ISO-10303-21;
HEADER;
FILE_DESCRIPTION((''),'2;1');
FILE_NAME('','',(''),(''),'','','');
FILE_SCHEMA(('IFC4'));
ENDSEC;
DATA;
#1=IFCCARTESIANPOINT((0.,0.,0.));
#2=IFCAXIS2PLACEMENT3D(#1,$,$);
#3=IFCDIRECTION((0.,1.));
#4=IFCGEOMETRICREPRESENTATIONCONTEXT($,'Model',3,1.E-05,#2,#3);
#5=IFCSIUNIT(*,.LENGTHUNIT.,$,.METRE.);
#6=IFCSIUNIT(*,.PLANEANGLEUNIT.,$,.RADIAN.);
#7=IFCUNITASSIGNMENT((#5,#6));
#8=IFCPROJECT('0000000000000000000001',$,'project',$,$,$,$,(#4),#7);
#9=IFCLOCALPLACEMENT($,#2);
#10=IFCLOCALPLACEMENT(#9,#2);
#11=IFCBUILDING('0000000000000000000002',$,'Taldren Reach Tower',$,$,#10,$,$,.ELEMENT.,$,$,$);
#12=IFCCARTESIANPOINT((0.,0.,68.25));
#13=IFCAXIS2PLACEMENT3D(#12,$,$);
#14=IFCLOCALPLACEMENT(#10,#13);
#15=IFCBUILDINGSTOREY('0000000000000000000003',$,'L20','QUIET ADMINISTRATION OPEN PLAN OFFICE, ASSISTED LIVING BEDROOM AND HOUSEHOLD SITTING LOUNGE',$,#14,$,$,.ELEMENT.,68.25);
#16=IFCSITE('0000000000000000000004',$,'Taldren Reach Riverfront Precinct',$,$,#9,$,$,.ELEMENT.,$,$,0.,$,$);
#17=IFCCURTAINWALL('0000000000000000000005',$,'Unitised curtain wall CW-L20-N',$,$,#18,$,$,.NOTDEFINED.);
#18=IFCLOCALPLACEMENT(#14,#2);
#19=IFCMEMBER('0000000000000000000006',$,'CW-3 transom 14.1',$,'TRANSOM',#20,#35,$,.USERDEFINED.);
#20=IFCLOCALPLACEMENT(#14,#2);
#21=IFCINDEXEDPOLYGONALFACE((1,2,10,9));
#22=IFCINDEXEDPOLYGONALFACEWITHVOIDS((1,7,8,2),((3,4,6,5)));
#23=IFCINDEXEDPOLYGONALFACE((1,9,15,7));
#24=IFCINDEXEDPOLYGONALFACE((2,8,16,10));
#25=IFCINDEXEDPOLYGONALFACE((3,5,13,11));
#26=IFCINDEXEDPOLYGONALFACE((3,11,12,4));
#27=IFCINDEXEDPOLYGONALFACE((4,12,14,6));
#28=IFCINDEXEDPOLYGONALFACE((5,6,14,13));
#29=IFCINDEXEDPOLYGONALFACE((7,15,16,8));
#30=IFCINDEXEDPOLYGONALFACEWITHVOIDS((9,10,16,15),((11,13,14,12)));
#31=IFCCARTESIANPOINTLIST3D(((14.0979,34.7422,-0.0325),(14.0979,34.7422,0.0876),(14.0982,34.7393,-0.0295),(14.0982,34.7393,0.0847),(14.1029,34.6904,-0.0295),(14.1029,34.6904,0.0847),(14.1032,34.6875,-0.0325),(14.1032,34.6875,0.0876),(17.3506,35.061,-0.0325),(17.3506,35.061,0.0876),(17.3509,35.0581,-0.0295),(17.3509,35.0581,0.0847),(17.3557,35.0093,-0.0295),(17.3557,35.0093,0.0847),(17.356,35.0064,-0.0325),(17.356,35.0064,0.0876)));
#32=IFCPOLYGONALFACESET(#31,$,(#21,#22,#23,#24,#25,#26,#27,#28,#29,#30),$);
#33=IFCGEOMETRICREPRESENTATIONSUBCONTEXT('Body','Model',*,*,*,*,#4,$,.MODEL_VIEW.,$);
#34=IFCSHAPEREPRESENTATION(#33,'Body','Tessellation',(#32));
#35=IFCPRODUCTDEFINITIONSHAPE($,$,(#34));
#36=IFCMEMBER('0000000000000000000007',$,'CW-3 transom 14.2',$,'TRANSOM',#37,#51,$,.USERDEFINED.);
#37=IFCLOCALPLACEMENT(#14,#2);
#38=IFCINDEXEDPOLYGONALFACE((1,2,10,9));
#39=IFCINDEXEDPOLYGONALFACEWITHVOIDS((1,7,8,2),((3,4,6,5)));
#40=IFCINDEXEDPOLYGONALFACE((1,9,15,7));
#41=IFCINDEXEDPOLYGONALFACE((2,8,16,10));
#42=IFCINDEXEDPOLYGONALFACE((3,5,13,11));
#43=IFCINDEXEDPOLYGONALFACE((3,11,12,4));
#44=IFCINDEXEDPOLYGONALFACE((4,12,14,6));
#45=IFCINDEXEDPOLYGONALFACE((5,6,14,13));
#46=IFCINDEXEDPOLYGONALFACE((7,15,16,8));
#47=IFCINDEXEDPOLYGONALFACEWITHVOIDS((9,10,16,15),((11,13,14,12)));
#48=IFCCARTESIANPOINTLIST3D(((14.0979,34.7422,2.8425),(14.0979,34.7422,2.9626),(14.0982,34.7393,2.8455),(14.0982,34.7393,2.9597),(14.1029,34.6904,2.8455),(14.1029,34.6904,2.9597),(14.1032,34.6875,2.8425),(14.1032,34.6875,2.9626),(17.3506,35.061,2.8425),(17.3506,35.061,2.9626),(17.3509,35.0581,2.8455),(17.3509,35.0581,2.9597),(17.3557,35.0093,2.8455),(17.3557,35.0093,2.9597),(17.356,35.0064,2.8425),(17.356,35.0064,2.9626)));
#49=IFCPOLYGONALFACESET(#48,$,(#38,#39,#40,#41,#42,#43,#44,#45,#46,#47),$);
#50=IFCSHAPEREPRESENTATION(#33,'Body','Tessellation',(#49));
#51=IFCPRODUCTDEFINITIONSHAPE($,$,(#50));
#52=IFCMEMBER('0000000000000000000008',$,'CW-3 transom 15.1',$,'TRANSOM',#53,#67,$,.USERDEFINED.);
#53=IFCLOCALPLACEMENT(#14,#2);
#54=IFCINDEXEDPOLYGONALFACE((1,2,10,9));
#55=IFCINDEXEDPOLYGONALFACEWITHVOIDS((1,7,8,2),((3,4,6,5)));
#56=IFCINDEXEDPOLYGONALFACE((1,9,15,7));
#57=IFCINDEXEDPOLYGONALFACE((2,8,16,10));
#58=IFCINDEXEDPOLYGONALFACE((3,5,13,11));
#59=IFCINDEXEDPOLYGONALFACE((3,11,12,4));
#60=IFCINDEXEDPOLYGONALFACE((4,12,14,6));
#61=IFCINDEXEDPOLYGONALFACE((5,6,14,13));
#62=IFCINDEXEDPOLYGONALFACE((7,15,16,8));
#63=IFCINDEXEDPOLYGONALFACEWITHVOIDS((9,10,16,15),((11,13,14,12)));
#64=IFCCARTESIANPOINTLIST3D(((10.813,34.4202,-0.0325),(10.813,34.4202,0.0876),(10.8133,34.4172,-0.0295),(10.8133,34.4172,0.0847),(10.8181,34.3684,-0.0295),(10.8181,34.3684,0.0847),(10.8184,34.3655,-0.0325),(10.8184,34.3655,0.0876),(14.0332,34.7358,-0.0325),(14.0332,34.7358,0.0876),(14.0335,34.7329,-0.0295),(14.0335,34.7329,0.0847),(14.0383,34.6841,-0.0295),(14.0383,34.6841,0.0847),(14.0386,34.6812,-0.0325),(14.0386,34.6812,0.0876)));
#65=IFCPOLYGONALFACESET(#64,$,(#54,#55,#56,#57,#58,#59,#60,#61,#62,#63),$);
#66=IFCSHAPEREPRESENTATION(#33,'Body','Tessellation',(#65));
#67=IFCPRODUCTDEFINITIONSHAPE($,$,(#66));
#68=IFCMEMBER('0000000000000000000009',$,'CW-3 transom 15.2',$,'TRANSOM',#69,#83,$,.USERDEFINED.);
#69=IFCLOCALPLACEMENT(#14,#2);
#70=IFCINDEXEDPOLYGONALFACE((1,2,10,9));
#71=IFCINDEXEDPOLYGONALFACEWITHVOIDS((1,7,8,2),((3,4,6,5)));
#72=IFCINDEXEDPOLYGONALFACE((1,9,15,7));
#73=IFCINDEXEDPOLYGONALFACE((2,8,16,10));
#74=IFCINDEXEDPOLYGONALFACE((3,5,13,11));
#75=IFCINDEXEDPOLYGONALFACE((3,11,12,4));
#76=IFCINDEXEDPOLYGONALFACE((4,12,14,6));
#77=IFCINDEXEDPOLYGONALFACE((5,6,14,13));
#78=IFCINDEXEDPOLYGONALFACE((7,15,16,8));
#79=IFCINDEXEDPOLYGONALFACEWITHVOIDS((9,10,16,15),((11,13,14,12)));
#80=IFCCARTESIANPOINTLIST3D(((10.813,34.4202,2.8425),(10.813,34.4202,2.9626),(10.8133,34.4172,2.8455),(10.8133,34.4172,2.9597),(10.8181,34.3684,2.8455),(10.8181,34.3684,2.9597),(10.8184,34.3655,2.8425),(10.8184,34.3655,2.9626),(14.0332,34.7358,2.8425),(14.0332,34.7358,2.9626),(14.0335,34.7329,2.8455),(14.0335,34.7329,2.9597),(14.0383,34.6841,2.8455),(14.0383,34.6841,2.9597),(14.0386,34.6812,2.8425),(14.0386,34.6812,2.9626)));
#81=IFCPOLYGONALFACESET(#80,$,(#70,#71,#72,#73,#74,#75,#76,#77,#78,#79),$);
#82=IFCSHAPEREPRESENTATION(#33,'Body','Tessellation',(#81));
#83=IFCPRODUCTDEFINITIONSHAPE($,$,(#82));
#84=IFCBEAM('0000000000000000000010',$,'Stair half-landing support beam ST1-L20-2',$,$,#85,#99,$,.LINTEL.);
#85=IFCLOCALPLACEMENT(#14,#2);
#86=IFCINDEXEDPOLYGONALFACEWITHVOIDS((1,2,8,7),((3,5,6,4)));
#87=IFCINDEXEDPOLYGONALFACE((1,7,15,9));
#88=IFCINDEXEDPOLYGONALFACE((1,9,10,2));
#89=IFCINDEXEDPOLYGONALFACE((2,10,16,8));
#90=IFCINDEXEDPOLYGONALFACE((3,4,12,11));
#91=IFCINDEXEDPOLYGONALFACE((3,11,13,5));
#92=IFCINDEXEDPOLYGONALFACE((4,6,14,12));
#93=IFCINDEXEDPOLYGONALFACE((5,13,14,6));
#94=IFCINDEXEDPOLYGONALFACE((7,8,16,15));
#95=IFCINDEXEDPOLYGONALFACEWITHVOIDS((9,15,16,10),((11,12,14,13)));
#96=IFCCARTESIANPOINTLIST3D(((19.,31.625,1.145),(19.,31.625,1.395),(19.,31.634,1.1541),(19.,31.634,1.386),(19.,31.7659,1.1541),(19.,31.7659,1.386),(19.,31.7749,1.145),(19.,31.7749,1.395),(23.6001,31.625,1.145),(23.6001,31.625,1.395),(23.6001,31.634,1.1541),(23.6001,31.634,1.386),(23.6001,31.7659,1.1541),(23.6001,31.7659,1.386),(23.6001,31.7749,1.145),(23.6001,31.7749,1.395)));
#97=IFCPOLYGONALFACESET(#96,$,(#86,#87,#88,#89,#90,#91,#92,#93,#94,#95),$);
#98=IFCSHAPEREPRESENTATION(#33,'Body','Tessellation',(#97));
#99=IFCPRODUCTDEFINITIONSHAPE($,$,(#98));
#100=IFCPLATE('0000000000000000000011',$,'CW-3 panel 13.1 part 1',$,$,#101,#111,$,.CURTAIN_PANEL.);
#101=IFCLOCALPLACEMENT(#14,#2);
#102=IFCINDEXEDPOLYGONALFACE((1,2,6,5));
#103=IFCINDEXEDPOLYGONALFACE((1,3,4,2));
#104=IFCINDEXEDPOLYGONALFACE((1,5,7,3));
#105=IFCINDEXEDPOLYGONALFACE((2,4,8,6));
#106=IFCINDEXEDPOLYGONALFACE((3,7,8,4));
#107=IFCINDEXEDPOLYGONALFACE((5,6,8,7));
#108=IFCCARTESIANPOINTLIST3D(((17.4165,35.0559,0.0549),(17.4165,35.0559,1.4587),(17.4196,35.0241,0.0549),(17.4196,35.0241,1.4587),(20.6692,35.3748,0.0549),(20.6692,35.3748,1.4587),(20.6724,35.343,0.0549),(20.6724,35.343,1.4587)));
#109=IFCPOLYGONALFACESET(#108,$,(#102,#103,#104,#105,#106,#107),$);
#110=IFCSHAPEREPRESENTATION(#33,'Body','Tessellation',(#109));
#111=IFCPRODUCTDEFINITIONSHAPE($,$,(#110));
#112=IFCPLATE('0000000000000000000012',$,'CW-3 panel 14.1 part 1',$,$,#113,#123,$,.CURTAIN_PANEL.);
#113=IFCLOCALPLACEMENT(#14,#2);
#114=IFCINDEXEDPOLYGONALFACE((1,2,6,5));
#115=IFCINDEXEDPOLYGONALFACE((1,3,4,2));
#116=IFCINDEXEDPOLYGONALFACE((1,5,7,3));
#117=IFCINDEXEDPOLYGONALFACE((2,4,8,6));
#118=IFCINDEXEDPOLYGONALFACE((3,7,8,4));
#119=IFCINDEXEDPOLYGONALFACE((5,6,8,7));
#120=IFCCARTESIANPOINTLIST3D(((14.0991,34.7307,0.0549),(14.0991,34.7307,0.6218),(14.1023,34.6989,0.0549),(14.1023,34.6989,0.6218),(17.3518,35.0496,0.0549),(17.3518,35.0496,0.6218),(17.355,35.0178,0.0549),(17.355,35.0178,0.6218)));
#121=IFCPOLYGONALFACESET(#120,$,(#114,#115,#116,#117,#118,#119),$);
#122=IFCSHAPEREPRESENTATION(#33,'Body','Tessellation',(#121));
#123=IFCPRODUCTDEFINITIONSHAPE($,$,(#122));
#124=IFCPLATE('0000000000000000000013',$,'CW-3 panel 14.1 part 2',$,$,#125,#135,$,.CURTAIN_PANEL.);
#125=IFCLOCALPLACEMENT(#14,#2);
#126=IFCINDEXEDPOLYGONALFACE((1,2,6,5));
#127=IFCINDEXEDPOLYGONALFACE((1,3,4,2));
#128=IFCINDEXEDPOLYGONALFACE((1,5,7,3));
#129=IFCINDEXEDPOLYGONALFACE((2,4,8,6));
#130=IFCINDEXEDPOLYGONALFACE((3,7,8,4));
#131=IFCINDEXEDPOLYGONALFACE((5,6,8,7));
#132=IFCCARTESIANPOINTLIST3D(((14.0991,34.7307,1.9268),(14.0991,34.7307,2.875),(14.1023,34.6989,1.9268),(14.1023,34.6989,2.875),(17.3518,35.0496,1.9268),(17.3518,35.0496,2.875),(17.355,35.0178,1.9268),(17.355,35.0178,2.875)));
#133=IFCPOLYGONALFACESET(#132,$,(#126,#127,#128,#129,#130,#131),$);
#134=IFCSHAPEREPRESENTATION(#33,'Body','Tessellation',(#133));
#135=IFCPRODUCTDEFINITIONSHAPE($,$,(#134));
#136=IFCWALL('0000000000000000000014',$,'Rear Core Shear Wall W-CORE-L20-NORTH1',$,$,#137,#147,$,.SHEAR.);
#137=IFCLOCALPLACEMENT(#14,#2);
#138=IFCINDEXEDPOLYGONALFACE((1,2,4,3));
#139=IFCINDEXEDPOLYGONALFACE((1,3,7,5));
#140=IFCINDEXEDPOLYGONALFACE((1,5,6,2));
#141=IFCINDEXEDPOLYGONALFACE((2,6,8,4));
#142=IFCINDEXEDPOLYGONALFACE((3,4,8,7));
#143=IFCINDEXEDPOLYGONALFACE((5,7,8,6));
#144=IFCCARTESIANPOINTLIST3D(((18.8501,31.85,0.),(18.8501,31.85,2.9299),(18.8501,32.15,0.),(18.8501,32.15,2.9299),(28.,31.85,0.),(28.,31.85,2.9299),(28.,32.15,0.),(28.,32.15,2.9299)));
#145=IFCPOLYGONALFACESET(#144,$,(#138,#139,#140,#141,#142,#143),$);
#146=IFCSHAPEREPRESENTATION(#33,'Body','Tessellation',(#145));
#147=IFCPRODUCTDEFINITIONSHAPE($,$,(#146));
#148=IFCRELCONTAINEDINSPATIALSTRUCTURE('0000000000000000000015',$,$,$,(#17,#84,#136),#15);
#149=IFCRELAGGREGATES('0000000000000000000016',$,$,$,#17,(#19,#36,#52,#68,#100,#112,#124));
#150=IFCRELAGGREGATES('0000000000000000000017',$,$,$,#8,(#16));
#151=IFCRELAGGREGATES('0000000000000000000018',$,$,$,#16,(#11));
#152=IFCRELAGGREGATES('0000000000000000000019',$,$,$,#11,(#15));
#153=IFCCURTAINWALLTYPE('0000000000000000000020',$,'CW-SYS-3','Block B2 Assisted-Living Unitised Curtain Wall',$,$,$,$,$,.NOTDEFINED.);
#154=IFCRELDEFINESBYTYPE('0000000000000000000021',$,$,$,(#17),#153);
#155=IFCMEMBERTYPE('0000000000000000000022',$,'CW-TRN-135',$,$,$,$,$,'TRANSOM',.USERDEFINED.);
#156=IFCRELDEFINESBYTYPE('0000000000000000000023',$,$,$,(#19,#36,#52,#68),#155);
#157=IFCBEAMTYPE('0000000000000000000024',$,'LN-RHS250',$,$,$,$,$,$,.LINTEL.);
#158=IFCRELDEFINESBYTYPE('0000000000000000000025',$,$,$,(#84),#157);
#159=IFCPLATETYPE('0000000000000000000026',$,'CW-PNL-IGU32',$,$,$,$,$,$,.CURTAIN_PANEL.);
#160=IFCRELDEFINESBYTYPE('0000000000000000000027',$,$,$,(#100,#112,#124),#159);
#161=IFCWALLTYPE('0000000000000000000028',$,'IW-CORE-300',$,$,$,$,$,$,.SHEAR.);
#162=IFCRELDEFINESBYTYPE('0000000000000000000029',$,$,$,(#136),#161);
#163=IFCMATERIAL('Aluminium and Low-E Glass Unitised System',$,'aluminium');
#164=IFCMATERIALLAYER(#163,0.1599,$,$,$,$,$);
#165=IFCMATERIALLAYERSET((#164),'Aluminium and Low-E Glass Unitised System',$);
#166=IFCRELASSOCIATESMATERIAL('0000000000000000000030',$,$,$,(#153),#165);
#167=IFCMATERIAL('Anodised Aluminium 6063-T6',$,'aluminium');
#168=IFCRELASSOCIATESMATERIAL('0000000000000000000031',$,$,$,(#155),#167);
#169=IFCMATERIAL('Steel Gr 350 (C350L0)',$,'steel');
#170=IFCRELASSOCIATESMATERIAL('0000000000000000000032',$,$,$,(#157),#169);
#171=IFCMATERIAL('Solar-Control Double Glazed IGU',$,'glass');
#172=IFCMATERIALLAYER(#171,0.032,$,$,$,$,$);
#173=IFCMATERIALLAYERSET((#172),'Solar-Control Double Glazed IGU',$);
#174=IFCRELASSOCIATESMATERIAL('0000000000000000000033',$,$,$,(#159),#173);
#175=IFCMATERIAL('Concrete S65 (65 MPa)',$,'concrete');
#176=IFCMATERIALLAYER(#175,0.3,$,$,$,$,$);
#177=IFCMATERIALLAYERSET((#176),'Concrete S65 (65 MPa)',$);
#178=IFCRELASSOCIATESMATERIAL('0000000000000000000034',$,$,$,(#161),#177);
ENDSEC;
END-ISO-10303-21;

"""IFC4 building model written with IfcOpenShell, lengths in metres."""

from ifc_helpers import new_model, si_unit, direction, frame, frame_2d, origin, origin_2d, place, context, subcontext, project, spatial, rectangle, hollow_rectangle, extrude, source, transform, mapped, material, layer, layer_set, material_profile, profile_set, type_object, element, aggregate, save


model = new_model("IFC4")

# Units and contexts
model_context = context("Model", 3, precision=1e-05, world=origin(), true_north=direction((0.0, 1.0)))
body_context = subcontext(model_context, "Body", "Model", "MODEL_VIEW")
ifc_project = project(units=[si_unit("LENGTHUNIT", "METRE"), si_unit("PLANEANGLEUNIT", "RADIAN")], contexts=[model_context])

# Site, building, storey
site_placement = place(None, origin())
site = spatial("IfcSite", under=ifc_project, at=site_placement, Name="Taldren Reach Riverfront Precinct", CompositionType="ELEMENT", RefElevation=0.0)
building_placement = place(site_placement, origin())
building = spatial("IfcBuilding", under=site, at=building_placement, Name="Taldren Reach Tower", CompositionType="ELEMENT")
storey_placement = place(building_placement, frame((0.0, 0.0, 68.25)))
storey = spatial("IfcBuildingStorey", under=building, at=storey_placement, Name="L20", Description="QUIET ADMINISTRATION OPEN PLAN OFFICE, ASSISTED LIVING BEDROOM AND HOUSEHOLD SITTING LOUNGE", CompositionType="ELEMENT", Elevation=68.25)

# Shared definitions
ifc_material_1 = material(Name="Concrete S65 (65 MPa)", Category="concrete")

# Curtain wall, members
ifc_material_2 = material(Name="Aluminium and Low-E Glass Unitised System", Category="aluminium")
ifc_layer_1 = layer(ifc_material_2, 0.1599)
ifc_layer_set_1 = layer_set([ifc_layer_1], Name="Aluminium and Low-E Glass Unitised System")
curtain_wall_type = type_object("IfcCurtainWallType", Name="CW-SYS-3", Description="Block B2 Assisted-Living Unitised Curtain Wall", PredefinedType="NOTDEFINED", material=ifc_layer_set_1)
curtain_wall_placement = place(storey_placement, origin())
curtain_wall = element("IfcCurtainWall", 1, at=curtain_wall_placement, inside=storey, type_object=curtain_wall_type, Name="Unitised curtain wall CW-L20-N", PredefinedType="NOTDEFINED")
ifc_material_3 = material(Name="Anodised Aluminium 6063-T6", Category="aluminium")
ifc_material_profile_1 = material_profile(ifc_material_3, hollow_rectangle(XDim=0.0549, YDim=0.1201, WallThickness=0.0029, at=origin_2d()), Name="ALU-120x55x3RHS")
ifc_profile_set_1 = profile_set([ifc_material_profile_1], Name="Anodised Aluminium 6063-T6")
member_type_1 = type_object("IfcMemberType", Name="CW-TRN-135", ElementType="TRANSOM", PredefinedType="USERDEFINED", material=ifc_profile_set_1)
shared_shape_1 = source(origin(), body_context, "Body", "SweptSolid", [
    extrude(hollow_rectangle(XDim=0.0549, YDim=0.1201, WallThickness=0.0029, at=origin_2d()), origin(), (0.0, 0.0, 1.0), 3.2683),
])
member_1_placement = place(storey_placement, frame((17.3533, 35.0337, 0.0276), z_axis=(-0.99523, -0.097558, 0.0), x_axis=(0.097558, -0.99523, 0.0)))
member_1 = element("IfcMember", 2, at=member_1_placement, type_object=member_type_1, Name="CW-3 transom 14.1", ObjectType="TRANSOM", PredefinedType="USERDEFINED", context=body_context, shape_type="MappedRepresentation", body=[
    mapped(shared_shape_1, transform((0.0, 0.0, 0.0), scale=1.0)),
])
member_2_placement = place(storey_placement, frame((17.3533, 35.0337, 2.9026), z_axis=(-0.99523, -0.097558, 0.0), x_axis=(0.097558, -0.99523, 0.0)))
member_2 = element("IfcMember", 3, at=member_2_placement, type_object=member_type_1, Name="CW-3 transom 14.2", ObjectType="TRANSOM", PredefinedType="USERDEFINED", context=body_context, shape_type="MappedRepresentation", body=[
    mapped(shared_shape_1, transform((0.0, 0.0, 0.0), scale=1.0)),
])
shared_shape_2 = source(origin(), body_context, "Body", "SweptSolid", [
    extrude(hollow_rectangle(XDim=0.0549, YDim=0.1201, WallThickness=0.0029, at=origin_2d()), origin(), (0.0, 0.0, 1.0), 3.2356),
])
member_3_placement = place(storey_placement, frame((14.0359, 34.7085, 0.0276), z_axis=(-0.99523, -0.097561, 0.0), x_axis=(0.097561, -0.99523, 0.0)))
member_3 = element("IfcMember", 4, at=member_3_placement, type_object=member_type_1, Name="CW-3 transom 15.1", ObjectType="TRANSOM", PredefinedType="USERDEFINED", context=body_context, shape_type="MappedRepresentation", body=[
    mapped(shared_shape_2, transform((0.0, 0.0, 0.0), scale=1.0)),
])
member_4_placement = place(storey_placement, frame((14.0359, 34.7085, 2.9026), z_axis=(-0.99523, -0.097561, 0.0), x_axis=(0.097561, -0.99523, 0.0)))
member_4 = element("IfcMember", 5, at=member_4_placement, type_object=member_type_1, Name="CW-3 transom 15.2", ObjectType="TRANSOM", PredefinedType="USERDEFINED", context=body_context, shape_type="MappedRepresentation", body=[
    mapped(shared_shape_2, transform((0.0, 0.0, 0.0), scale=1.0)),
])

# Beam
ifc_material_4 = material(Name="Steel Gr 350 (C350L0)", Category="steel")
ifc_material_profile_2 = material_profile(ifc_material_4, hollow_rectangle(XDim=0.1499, YDim=0.25, WallThickness=0.009, at=origin_2d()), Name="250x150x9.0RHS")
ifc_profile_set_2 = profile_set([ifc_material_profile_2], Name="Steel Gr 350 (C350L0)")
beam_type_1 = type_object("IfcBeamType", Name="LN-RHS250", PredefinedType="LINTEL", material=ifc_profile_set_2)
shared_shape_3 = source(origin(), body_context, "Body", "SweptSolid", [
    extrude(hollow_rectangle(XDim=0.1499, YDim=0.25, WallThickness=0.009, at=origin_2d()), origin(), (0.0, 0.0, 1.0), 4.6001),
])
beam_1_placement = place(storey_placement, frame((19.0, 31.7, 1.27), z_axis=(1.0, 0.0, 0.0), x_axis=(0.0, 1.0, 0.0)))
element("IfcBeam", 6, at=beam_1_placement, inside=storey, type_object=beam_type_1, Name="Stair half-landing support beam ST1-L20-2", PredefinedType="LINTEL", context=body_context, shape_type="MappedRepresentation", body=[
    mapped(shared_shape_3, transform((0.0, 0.0, 0.0), scale=1.0)),
])

# Plates
ifc_material_5 = material(Name="Solar-Control Double Glazed IGU", Category="glass")
ifc_layer_2 = layer(ifc_material_5, 0.032)
ifc_layer_set_2 = layer_set([ifc_layer_2], Name="Solar-Control Double Glazed IGU")
plate_type = type_object("IfcPlateType", Name="CW-PNL-IGU32", PredefinedType="CURTAIN_PANEL", material=ifc_layer_set_2)
shared_shape_4 = source(origin(), body_context, "Body", "SweptSolid", [
    extrude(rectangle(XDim=3.2683, YDim=0.032, at=origin_2d()), origin(), (0.0, 0.0, 1.0), 1.4038),
])
plate_1_placement = place(storey_placement, frame((19.0444, 35.1995, 0.0549), z_axis=(0.0, 0.0, 1.0), x_axis=(-0.995227, -0.097583, 0.0)))
plate_1 = element("IfcPlate", 7, at=plate_1_placement, type_object=plate_type, Name="CW-3 panel 13.1 part 1", PredefinedType="CURTAIN_PANEL", context=body_context, shape_type="MappedRepresentation", body=[
    mapped(shared_shape_4, transform((0.0, 0.0, 0.0), scale=1.0)),
])
shared_shape_5 = source(origin(), body_context, "Body", "SweptSolid", [
    extrude(rectangle(XDim=3.2683, YDim=0.032, at=origin_2d()), origin(), (0.0, 0.0, 1.0), 0.5669),
])
plate_2_placement = place(storey_placement, frame((15.7271, 34.8743, 0.0549), z_axis=(0.0, 0.0, 1.0), x_axis=(-0.995227, -0.097583, 0.0)))
plate_2 = element("IfcPlate", 8, at=plate_2_placement, type_object=plate_type, Name="CW-3 panel 14.1 part 1", PredefinedType="CURTAIN_PANEL", context=body_context, shape_type="MappedRepresentation", body=[
    mapped(shared_shape_5, transform((0.0, 0.0, 0.0), scale=1.0)),
])
shared_shape_6 = source(origin(), body_context, "Body", "SweptSolid", [
    extrude(rectangle(XDim=3.2683, YDim=0.032, at=origin_2d()), origin(), (0.0, 0.0, 1.0), 0.9482),
])
plate_3_placement = place(storey_placement, frame((15.7271, 34.8743, 1.9268), z_axis=(0.0, 0.0, 1.0), x_axis=(-0.995227, -0.097583, 0.0)))
plate_3 = element("IfcPlate", 9, at=plate_3_placement, type_object=plate_type, Name="CW-3 panel 14.1 part 2", PredefinedType="CURTAIN_PANEL", context=body_context, shape_type="MappedRepresentation", body=[
    mapped(shared_shape_6, transform((0.0, 0.0, 0.0), scale=1.0)),
])
aggregate(curtain_wall, [member_1, member_2, member_3, member_4, plate_1, plate_2, plate_3])

# Wall
ifc_layer_3 = layer(ifc_material_1, 0.3)
ifc_layer_set_3 = layer_set([ifc_layer_3], Name="Concrete S65 (65 MPa)")
wall_type_1 = type_object("IfcWallType", Name="IW-CORE-300", PredefinedType="SHEAR", material=ifc_layer_set_3)
shared_shape_7 = source(origin(), body_context, "Body", "SweptSolid", [
    extrude(rectangle(XDim=9.1499, YDim=0.3, at=frame_2d((4.575, 0.0))), origin(), (0.0, 0.0, 1.0), 2.9299),
])
wall_1_placement = place(storey_placement, frame((18.8501, 32.0, 0.0), z_axis=(0.0, 0.0, 1.0), x_axis=(1.0, 0.0, 0.0)))
element("IfcWall", 10, at=wall_1_placement, inside=storey, type_object=wall_type_1, Name="Rear Core Shear Wall W-CORE-L20-NORTH1", PredefinedType="SHEAR", context=body_context, shape_type="MappedRepresentation", body=[
    mapped(shared_shape_7, transform((0.0, 0.0, 0.0), scale=1.0)),
])

save(model, "model.ifc")
